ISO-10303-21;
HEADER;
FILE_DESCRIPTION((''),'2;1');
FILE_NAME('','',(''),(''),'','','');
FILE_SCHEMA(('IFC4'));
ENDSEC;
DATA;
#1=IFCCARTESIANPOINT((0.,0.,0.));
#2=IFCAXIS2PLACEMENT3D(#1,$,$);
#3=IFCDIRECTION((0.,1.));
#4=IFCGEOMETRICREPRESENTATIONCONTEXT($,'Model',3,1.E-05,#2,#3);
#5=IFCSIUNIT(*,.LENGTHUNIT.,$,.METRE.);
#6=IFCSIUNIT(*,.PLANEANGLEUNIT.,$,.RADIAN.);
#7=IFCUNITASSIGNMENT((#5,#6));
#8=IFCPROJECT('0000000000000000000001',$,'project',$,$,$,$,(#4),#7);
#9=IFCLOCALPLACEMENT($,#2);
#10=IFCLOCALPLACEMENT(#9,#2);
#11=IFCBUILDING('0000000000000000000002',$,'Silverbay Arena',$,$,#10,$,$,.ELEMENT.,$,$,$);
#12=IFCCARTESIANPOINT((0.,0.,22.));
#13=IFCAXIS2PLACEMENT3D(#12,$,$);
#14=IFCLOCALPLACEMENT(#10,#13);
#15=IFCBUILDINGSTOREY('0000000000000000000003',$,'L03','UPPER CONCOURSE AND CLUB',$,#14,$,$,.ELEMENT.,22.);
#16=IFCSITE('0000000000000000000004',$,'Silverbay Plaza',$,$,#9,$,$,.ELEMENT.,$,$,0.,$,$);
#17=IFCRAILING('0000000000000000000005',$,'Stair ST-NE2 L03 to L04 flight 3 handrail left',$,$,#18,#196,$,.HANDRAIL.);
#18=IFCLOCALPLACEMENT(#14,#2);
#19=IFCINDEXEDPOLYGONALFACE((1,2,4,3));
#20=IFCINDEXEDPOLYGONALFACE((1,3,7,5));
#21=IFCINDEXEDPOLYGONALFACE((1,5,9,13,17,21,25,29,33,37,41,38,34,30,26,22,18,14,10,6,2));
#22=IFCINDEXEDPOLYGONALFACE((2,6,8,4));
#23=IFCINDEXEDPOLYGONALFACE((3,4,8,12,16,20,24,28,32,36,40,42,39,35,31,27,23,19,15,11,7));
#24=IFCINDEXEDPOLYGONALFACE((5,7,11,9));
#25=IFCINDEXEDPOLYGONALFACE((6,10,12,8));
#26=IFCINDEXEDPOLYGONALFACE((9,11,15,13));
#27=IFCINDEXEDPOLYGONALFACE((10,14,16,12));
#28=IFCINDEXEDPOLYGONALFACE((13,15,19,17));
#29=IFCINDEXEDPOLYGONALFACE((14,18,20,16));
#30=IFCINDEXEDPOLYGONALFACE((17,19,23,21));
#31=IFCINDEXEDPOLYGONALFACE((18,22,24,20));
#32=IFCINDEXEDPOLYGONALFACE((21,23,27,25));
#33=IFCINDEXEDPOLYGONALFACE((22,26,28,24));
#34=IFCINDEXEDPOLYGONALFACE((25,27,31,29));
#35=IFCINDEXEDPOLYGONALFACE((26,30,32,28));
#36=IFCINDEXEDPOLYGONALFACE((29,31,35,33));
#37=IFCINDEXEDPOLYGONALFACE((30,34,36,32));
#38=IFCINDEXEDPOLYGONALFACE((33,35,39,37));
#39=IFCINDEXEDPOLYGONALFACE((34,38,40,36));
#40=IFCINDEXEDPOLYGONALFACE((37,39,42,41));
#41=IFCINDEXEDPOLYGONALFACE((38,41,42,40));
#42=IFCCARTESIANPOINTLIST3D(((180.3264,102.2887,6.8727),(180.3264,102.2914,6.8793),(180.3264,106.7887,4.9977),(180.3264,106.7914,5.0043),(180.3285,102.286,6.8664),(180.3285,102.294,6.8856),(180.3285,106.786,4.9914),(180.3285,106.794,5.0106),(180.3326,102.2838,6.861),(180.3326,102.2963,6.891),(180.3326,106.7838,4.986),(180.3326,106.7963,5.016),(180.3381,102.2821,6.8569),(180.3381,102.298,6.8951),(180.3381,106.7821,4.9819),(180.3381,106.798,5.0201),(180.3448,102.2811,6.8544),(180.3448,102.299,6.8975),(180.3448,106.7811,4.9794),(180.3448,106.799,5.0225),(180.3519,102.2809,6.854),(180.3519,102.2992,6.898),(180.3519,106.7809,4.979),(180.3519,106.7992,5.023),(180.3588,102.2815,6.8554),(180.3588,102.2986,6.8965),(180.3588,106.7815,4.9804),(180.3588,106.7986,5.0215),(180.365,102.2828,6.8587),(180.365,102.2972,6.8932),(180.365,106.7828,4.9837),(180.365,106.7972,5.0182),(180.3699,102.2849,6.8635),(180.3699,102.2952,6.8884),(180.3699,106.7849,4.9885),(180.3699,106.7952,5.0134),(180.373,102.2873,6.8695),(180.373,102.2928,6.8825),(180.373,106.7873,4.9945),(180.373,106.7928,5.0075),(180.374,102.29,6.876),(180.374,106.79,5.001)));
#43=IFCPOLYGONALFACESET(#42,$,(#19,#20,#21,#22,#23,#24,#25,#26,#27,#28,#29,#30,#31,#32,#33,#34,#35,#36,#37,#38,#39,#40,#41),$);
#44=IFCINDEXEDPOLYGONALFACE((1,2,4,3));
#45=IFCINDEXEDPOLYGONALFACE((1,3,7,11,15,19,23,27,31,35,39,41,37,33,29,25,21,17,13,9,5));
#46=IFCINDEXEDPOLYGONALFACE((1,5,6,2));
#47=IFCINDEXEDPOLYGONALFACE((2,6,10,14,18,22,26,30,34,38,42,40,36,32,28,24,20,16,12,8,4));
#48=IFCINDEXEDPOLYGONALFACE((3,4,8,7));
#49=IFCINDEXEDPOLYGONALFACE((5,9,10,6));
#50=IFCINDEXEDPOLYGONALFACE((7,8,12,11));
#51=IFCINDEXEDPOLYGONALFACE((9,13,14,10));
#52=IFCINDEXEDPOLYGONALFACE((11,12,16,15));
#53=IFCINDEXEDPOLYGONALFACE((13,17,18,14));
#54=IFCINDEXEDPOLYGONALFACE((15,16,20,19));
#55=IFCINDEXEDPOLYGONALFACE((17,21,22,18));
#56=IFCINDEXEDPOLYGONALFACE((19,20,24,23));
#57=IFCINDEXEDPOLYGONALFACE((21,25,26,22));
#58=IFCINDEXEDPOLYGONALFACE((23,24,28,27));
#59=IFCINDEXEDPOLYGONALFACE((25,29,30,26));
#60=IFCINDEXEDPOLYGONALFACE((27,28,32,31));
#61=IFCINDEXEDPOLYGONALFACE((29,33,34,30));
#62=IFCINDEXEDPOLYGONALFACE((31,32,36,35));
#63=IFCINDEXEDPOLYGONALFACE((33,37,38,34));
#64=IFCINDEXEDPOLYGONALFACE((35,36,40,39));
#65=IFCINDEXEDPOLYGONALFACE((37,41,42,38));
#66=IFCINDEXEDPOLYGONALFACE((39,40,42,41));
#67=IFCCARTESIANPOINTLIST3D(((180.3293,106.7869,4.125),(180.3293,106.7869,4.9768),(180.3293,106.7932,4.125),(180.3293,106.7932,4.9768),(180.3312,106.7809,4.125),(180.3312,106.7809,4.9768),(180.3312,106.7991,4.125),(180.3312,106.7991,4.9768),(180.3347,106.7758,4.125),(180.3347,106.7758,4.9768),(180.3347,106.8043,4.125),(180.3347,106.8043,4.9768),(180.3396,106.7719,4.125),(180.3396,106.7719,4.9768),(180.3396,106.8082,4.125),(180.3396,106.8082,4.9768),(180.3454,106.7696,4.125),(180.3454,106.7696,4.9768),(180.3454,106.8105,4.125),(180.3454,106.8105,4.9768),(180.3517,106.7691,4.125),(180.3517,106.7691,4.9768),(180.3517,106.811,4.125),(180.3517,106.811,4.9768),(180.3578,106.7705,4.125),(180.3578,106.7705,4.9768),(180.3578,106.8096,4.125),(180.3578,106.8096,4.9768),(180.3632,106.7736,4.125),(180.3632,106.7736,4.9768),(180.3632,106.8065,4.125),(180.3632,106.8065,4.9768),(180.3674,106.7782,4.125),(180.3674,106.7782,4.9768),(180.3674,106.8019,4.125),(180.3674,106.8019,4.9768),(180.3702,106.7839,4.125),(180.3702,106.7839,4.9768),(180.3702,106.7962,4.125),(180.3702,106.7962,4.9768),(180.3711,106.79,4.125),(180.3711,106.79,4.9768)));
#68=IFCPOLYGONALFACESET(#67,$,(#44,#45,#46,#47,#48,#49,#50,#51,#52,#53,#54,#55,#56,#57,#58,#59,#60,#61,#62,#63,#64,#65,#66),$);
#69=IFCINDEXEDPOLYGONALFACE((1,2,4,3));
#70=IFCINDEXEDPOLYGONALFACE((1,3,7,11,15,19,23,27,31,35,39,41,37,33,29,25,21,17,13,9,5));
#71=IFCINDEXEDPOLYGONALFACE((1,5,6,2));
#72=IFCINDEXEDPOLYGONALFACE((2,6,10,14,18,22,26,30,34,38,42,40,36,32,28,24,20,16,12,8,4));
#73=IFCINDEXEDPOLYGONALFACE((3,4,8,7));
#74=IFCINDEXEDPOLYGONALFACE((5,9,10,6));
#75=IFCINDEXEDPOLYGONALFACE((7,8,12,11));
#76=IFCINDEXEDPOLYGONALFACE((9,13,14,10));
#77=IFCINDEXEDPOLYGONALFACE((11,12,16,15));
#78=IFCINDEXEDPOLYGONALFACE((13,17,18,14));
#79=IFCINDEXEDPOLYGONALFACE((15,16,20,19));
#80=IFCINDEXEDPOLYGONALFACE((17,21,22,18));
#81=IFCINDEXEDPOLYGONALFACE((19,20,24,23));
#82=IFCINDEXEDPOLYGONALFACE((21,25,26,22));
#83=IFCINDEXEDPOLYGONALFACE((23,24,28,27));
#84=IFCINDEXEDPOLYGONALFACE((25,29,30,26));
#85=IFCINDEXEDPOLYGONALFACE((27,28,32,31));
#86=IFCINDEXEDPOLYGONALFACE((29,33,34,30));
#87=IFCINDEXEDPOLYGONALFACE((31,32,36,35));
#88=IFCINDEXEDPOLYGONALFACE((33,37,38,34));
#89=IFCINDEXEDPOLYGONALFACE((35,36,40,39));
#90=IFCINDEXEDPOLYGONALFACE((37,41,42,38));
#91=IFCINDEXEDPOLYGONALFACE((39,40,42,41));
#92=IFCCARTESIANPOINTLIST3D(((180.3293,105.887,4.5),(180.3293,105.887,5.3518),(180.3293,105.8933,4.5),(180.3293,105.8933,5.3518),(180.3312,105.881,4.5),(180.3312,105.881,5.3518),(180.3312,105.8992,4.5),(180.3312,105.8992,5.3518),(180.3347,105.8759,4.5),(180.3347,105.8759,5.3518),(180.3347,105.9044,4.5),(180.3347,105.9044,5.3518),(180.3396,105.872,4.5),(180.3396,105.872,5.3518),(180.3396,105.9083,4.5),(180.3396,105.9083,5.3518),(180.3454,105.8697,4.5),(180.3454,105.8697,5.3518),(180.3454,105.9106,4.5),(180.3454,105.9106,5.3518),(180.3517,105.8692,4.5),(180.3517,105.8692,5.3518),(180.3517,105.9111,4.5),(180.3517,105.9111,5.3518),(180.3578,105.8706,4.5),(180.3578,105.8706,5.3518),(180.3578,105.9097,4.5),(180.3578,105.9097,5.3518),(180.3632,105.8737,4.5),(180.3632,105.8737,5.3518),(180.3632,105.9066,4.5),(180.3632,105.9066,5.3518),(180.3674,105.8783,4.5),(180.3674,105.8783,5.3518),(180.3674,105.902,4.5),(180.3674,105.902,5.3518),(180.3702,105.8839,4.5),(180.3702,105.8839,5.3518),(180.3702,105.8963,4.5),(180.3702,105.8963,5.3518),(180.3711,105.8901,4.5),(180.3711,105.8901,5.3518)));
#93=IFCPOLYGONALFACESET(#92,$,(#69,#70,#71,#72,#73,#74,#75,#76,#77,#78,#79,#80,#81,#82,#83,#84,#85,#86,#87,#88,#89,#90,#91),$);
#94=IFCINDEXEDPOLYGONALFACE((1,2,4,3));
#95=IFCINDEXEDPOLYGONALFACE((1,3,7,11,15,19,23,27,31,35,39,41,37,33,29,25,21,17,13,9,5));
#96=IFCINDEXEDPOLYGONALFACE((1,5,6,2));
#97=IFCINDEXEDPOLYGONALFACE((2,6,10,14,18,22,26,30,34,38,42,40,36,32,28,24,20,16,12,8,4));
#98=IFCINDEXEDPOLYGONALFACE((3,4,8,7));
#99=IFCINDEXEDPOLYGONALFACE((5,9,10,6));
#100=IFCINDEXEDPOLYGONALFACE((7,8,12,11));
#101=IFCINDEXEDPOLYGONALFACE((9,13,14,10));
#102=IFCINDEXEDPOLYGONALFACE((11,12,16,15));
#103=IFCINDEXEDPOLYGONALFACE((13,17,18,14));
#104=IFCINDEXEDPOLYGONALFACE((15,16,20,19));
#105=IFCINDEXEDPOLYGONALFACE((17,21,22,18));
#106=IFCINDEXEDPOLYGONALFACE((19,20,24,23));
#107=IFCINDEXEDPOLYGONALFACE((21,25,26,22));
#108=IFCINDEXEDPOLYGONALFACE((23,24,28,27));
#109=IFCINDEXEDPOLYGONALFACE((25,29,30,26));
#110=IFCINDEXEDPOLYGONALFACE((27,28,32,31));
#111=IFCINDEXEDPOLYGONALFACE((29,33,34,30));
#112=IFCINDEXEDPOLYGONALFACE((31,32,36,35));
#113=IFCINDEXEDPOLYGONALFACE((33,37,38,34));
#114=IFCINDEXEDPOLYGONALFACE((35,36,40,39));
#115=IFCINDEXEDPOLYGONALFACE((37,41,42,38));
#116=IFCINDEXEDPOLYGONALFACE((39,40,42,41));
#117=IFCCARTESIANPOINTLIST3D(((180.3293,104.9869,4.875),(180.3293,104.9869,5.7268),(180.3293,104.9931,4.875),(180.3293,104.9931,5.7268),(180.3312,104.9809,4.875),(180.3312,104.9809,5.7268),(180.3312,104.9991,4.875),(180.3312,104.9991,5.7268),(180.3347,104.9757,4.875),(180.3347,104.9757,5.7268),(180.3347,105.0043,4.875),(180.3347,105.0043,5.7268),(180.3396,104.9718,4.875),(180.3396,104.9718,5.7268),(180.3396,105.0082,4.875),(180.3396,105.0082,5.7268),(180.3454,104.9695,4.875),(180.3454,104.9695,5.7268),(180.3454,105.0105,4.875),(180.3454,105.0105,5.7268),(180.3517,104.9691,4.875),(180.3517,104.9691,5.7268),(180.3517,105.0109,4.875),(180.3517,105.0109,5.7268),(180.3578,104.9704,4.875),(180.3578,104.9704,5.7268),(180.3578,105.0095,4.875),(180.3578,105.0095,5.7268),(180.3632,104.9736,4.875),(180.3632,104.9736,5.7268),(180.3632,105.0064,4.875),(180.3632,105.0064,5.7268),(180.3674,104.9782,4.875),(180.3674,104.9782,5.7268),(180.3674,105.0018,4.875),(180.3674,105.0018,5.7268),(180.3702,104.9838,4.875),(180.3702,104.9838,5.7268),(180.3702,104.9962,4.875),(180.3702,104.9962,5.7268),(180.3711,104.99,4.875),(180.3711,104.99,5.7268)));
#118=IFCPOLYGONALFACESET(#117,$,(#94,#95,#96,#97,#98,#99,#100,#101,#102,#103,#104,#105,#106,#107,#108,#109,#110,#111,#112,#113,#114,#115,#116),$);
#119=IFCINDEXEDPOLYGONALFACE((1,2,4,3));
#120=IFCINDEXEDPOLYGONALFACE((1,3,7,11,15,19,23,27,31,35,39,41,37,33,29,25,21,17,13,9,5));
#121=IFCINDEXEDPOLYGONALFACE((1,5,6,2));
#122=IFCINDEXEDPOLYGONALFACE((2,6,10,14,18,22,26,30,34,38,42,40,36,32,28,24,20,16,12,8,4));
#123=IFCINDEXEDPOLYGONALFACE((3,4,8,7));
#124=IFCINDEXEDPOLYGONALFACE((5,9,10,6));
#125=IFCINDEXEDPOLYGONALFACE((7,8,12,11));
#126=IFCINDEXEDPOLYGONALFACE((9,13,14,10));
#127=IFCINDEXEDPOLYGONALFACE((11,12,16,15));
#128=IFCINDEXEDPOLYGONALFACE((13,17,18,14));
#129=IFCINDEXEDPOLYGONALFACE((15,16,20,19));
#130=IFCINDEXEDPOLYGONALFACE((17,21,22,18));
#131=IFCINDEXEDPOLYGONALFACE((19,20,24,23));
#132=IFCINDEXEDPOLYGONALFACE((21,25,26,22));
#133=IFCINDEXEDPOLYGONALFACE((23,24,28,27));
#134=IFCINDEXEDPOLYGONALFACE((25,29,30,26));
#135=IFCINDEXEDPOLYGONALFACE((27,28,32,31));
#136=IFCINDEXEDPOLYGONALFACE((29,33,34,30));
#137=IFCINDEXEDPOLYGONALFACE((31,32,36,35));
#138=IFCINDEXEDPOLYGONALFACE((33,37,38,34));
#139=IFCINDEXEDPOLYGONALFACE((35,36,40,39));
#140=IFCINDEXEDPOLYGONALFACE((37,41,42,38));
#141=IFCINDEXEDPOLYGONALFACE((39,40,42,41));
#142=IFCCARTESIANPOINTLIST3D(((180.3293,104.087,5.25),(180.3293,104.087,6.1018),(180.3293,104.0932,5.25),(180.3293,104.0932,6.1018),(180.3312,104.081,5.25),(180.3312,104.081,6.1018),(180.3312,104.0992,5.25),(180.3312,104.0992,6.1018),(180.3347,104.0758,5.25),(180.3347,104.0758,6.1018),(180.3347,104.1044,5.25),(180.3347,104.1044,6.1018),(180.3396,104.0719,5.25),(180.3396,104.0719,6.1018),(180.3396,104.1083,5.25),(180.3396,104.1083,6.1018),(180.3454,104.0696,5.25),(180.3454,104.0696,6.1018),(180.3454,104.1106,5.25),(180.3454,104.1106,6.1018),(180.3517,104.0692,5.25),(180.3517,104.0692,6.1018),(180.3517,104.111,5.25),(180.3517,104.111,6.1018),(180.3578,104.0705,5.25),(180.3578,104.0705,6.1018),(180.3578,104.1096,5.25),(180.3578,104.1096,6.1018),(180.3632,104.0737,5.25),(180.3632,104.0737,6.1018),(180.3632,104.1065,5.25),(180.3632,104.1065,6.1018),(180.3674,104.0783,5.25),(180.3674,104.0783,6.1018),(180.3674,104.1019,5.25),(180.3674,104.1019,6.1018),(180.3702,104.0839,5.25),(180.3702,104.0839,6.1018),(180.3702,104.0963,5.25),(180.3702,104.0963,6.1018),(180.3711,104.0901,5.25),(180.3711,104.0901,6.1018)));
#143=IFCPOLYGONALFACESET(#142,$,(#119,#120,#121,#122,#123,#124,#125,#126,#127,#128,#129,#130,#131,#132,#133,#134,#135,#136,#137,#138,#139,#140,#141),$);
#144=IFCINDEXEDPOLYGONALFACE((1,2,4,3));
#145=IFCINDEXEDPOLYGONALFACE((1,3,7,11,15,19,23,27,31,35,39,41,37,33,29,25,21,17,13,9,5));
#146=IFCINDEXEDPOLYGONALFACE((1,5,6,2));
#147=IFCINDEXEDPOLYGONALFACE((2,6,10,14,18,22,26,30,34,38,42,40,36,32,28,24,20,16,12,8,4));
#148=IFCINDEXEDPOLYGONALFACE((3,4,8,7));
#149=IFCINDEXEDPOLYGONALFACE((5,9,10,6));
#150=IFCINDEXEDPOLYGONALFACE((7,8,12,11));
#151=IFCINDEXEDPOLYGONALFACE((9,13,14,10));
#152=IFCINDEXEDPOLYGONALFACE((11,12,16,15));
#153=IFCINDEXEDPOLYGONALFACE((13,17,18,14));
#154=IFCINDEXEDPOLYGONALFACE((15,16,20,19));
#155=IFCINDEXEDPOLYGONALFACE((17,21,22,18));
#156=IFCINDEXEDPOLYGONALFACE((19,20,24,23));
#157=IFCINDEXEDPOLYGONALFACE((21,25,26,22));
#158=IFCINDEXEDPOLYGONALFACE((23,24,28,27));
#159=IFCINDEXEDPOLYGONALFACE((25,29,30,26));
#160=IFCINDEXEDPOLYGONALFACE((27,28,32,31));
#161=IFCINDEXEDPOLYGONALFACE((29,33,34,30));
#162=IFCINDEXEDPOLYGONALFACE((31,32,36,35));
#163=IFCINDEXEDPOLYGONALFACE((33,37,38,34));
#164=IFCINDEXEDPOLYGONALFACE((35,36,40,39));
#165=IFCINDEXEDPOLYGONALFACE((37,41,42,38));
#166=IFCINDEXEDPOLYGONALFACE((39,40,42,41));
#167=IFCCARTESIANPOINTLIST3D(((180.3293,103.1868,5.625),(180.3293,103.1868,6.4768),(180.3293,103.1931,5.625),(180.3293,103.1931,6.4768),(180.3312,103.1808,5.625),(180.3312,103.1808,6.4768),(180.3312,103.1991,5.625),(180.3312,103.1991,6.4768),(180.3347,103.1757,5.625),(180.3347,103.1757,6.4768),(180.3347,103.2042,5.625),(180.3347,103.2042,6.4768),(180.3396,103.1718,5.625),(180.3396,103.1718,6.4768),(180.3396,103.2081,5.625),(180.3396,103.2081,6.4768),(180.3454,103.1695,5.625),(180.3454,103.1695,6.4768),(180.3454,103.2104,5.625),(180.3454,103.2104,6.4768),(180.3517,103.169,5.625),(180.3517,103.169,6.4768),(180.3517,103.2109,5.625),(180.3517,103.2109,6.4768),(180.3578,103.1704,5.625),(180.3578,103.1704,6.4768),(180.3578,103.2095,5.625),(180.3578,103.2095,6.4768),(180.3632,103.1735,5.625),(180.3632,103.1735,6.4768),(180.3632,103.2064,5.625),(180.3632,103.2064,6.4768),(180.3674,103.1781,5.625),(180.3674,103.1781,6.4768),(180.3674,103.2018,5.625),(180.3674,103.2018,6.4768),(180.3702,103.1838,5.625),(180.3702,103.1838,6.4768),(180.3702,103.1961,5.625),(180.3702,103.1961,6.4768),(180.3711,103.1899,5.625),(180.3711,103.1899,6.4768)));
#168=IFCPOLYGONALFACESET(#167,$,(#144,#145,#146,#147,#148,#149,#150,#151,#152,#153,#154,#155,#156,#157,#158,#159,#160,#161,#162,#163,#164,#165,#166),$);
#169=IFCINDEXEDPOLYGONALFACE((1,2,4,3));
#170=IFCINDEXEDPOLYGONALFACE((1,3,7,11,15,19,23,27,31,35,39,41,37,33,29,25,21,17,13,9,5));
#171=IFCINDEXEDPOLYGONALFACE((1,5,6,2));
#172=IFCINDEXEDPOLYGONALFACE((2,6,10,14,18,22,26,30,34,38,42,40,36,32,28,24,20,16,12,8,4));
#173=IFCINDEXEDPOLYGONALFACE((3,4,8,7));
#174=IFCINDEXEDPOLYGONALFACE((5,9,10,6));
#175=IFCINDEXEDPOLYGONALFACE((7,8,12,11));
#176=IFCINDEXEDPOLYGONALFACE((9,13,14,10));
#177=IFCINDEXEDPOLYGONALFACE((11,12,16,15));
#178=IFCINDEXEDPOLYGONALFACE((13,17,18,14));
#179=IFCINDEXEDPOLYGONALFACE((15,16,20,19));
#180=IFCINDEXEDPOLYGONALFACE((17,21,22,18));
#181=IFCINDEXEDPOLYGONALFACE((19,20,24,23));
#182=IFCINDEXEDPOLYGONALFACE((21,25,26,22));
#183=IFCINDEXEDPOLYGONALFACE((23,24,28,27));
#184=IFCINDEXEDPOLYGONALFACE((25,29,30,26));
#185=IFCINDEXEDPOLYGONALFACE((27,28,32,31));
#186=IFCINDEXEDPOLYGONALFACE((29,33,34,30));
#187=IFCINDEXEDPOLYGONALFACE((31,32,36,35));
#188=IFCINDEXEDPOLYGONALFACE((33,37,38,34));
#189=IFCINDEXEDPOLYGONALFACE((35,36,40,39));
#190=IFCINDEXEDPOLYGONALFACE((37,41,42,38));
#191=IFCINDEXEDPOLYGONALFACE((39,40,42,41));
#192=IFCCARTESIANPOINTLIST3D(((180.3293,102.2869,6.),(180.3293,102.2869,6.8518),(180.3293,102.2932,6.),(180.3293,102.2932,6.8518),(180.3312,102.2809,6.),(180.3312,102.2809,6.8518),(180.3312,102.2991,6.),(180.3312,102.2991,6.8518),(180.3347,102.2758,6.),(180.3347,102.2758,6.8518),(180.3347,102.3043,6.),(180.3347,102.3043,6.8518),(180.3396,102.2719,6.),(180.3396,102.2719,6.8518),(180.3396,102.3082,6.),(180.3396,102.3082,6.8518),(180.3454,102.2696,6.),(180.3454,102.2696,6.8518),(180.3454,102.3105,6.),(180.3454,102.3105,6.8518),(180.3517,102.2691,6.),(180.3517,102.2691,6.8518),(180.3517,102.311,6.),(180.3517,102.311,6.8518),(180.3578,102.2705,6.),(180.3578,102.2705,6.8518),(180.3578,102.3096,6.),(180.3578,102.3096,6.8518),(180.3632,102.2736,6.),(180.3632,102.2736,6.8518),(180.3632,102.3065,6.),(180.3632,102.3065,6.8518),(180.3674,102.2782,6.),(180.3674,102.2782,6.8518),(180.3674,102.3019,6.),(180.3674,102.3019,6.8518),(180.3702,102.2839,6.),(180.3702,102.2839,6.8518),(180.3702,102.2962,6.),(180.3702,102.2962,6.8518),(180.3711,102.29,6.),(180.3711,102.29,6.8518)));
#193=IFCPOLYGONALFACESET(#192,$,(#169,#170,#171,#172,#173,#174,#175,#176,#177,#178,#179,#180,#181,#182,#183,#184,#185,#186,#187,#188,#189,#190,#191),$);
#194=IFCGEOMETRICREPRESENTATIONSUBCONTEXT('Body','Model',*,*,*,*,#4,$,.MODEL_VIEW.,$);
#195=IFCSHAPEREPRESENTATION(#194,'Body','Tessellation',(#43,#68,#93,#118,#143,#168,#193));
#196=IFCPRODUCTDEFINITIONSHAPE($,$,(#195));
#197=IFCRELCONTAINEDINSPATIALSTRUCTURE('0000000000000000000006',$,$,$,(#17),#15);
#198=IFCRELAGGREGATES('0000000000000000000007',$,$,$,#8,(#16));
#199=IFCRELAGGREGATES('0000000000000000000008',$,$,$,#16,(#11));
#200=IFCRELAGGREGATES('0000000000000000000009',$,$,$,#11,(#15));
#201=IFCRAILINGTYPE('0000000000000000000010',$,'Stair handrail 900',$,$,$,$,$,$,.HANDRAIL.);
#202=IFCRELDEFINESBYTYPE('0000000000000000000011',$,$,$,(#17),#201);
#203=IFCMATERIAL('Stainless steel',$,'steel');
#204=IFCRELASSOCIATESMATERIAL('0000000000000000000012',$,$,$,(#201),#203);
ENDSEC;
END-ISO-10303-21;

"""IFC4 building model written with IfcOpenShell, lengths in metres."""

from ifc_helpers import new_model, si_unit, direction, frame, origin, origin_2d, place, context, subcontext, project, spatial, circle, extrude, material, type_object, element, save


model = new_model("IFC4")

# Units and contexts
model_context = context("Model", 3, precision=1e-05, world=origin(), true_north=direction((0.0, 1.0)))
body_context = subcontext(model_context, "Body", "Model", "MODEL_VIEW")
ifc_project = project(units=[si_unit("LENGTHUNIT", "METRE"), si_unit("PLANEANGLEUNIT", "RADIAN")], contexts=[model_context])

# Site, building, storey
site_placement = place(None, origin())
site = spatial("IfcSite", under=ifc_project, at=site_placement, Name="Silverbay Plaza", CompositionType="ELEMENT", RefElevation=0.0)
building_placement = place(site_placement, origin())
building = spatial("IfcBuilding", under=site, at=building_placement, Name="Silverbay Arena", CompositionType="ELEMENT")
storey_placement = place(building_placement, frame((0.0, 0.0, 22.0)))
storey = spatial("IfcBuildingStorey", under=building, at=storey_placement, Name="L03", Description="UPPER CONCOURSE AND CLUB", CompositionType="ELEMENT", Elevation=22.0)

# Railing
ifc_material_1 = material(Name="Stainless steel", Category="steel")
railing_type = type_object("IfcRailingType", Name="Stair handrail 900", PredefinedType="HANDRAIL", material=ifc_material_1)
for number, where, name in (
    (1, (180.3501, 106.79, 4.125), "Stair ST-NE2 L03 to L04 flight 3 handrail left"),
):
    element("IfcRailing", number, at=place(storey_placement, frame(where)), inside=storey, type_object=railing_type, Name=name, PredefinedType="HANDRAIL", context=body_context, shape_type="SweptSolid", body=[
        extrude(circle(Radius=0.0239, at=origin_2d()), frame((0.0, 0.0, 0.876), z_axis=(0.0, -0.923077, 0.384615), x_axis=(1.0, 0.0, 0.0)), (0.0, 0.0, 1.0), 4.875),
        extrude(circle(Radius=0.021, at=origin_2d()), origin(), (0.0, 0.0, 1.0), 0.8518),
        extrude(circle(Radius=0.021, at=origin_2d()), frame((0.0, -0.8999, 0.375)), (0.0, 0.0, 1.0), 0.8518),
        extrude(circle(Radius=0.021, at=origin_2d()), frame((0.0, -1.8, 0.75)), (0.0, 0.0, 1.0), 0.8518),
        extrude(circle(Radius=0.021, at=origin_2d()), frame((0.0, -2.7, 1.125)), (0.0, 0.0, 1.0), 0.8518),
        extrude(circle(Radius=0.021, at=origin_2d()), frame((0.0, -3.6001, 1.5)), (0.0, 0.0, 1.0), 0.8518),
        extrude(circle(Radius=0.021, at=origin_2d()), frame((0.0, -4.5, 1.875)), (0.0, 0.0, 1.0), 0.8518),
    ])

save(model, "model.ifc")
